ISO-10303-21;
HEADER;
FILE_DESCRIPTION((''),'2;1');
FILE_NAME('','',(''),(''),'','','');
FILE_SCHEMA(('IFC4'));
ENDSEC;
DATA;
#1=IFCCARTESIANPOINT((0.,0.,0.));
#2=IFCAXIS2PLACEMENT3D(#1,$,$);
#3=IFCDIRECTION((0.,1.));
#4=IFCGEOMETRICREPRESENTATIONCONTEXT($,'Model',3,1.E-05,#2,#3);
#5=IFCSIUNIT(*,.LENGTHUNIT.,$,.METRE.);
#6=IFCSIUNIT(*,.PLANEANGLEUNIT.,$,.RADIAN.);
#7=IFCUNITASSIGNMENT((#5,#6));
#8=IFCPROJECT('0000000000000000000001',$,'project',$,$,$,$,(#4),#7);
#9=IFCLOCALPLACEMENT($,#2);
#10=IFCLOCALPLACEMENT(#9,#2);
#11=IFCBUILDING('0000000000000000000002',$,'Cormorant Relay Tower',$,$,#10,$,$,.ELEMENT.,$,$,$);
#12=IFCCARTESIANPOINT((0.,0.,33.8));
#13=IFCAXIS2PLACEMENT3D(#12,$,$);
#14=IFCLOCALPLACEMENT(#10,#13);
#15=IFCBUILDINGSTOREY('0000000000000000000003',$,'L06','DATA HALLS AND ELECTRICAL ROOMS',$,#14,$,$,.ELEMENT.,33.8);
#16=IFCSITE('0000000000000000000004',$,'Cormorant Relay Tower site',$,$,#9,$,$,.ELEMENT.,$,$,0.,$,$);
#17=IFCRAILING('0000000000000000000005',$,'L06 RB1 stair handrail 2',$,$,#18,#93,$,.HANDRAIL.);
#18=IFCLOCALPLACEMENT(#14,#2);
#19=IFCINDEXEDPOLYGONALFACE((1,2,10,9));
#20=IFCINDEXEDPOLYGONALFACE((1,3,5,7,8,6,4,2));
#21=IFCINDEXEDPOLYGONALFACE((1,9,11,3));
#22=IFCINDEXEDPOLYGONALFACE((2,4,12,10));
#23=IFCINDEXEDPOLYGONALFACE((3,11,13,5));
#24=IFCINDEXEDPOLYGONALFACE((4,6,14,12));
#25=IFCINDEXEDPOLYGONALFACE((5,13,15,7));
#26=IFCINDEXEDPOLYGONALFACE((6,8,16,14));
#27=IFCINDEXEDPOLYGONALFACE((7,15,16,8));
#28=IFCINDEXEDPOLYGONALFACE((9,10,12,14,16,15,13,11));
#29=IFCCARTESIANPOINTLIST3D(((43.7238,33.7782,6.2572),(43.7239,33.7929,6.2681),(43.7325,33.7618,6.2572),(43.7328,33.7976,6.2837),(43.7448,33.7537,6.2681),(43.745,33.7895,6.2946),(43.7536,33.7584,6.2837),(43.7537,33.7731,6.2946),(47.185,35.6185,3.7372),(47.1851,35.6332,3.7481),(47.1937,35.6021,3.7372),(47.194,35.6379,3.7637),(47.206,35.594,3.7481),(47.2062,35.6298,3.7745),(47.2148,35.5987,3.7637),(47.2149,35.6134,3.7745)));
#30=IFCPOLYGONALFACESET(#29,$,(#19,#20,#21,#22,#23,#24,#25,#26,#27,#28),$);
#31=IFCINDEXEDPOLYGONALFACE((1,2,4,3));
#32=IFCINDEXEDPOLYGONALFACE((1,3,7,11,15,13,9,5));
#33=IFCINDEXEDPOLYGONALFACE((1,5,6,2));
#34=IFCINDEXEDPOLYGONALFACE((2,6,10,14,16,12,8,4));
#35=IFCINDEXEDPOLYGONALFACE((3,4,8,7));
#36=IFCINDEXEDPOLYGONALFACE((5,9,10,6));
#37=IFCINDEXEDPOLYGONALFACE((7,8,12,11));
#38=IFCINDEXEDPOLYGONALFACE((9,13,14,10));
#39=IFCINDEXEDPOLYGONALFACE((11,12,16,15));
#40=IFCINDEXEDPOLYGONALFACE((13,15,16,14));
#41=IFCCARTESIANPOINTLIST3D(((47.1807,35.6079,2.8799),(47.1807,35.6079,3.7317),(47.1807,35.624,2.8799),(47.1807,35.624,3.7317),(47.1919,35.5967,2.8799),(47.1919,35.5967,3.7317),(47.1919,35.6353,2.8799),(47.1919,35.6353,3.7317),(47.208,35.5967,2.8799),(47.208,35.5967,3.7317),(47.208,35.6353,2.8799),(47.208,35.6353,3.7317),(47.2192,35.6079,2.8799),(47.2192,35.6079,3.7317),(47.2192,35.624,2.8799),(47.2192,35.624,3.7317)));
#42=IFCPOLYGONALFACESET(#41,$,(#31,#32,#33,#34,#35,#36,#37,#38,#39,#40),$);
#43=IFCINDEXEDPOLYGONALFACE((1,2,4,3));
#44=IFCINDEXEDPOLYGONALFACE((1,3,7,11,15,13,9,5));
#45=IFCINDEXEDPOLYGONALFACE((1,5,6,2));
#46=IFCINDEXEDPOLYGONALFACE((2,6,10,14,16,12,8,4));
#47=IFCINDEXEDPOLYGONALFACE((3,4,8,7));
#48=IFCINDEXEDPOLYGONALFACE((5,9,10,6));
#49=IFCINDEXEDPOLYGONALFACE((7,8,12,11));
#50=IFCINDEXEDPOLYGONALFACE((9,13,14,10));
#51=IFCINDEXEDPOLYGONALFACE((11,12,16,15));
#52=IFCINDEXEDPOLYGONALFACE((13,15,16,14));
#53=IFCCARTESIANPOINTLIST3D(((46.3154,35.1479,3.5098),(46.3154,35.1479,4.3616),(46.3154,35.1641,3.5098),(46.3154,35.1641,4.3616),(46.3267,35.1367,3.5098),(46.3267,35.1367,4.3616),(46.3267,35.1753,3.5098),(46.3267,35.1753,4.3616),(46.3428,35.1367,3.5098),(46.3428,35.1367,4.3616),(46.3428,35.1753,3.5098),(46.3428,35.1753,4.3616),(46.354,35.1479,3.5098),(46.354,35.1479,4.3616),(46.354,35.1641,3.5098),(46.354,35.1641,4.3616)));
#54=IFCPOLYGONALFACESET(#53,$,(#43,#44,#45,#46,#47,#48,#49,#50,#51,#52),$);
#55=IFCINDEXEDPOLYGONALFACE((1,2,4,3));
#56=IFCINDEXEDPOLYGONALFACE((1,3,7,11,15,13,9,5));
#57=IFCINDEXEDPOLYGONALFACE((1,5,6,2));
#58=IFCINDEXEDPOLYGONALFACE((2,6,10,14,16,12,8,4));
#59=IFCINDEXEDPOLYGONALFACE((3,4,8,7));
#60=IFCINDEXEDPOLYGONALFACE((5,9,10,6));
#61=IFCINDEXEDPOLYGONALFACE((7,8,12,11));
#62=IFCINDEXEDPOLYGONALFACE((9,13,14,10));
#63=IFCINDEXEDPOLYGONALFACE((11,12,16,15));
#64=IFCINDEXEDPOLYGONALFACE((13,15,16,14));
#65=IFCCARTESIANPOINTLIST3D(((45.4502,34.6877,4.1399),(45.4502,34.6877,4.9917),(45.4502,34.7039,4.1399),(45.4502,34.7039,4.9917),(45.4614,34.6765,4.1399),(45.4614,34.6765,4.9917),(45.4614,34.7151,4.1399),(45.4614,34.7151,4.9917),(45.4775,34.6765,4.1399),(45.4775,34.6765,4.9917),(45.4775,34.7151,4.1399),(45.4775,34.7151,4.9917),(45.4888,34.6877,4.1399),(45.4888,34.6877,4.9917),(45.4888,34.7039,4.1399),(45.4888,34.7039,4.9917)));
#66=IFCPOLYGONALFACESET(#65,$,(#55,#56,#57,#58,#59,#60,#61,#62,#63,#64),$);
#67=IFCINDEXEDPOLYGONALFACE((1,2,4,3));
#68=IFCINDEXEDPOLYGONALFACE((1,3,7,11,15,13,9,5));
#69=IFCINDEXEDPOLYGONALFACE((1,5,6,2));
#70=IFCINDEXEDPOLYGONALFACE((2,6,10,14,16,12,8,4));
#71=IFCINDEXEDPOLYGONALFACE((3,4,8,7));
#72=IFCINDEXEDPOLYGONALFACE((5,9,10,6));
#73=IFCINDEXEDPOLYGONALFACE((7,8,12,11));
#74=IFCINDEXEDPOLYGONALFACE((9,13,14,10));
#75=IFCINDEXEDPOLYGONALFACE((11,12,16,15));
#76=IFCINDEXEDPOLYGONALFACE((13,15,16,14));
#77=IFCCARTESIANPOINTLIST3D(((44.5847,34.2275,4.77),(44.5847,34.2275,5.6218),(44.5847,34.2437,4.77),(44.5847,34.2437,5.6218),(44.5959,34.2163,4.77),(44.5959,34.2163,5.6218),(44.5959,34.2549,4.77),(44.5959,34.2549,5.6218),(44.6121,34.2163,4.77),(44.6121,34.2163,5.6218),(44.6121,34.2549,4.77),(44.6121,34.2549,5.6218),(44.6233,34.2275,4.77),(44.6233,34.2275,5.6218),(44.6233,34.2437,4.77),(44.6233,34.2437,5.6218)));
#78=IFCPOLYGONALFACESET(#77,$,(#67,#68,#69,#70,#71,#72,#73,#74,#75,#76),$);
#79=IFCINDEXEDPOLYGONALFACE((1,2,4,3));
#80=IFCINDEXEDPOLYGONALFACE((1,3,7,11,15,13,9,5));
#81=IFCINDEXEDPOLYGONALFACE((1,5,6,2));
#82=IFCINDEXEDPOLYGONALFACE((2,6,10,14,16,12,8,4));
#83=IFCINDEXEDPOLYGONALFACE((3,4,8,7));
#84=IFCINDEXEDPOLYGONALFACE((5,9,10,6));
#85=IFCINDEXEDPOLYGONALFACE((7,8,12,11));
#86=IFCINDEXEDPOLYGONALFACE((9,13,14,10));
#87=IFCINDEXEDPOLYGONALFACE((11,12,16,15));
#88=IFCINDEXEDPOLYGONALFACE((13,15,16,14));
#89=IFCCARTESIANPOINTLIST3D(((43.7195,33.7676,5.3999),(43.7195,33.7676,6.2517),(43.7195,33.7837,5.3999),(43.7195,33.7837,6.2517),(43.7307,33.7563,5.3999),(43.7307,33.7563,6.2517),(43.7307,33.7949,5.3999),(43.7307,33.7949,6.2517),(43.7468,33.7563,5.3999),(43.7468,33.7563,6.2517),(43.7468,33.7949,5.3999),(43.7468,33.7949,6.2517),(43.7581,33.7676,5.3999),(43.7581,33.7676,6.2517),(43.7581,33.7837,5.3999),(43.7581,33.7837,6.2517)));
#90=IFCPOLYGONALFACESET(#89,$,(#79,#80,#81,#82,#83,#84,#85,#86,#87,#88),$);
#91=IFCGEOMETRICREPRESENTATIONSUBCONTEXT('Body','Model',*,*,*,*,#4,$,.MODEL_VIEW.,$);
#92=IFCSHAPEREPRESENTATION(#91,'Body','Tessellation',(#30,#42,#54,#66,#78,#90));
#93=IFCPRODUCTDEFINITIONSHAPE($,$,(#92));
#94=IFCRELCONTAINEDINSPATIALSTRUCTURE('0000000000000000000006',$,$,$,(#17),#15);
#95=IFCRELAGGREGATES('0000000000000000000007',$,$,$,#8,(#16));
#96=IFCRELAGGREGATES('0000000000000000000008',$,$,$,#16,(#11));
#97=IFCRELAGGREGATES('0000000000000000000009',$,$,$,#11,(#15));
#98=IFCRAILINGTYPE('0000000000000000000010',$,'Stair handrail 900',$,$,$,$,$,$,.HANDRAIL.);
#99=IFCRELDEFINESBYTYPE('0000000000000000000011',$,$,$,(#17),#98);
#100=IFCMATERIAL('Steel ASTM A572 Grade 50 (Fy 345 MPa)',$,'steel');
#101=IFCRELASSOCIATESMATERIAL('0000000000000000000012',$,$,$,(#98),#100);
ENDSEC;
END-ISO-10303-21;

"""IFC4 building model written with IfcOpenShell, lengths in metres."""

from ifc_helpers import new_model, si_unit, direction, frame, origin, place, context, subcontext, project, spatial, polyline, outline, extrude, material, type_object, element, save


model = new_model("IFC4")

# Units and contexts
model_context = context("Model", 3, precision=1e-05, world=origin(), true_north=direction((0.0, 1.0)))
body_context = subcontext(model_context, "Body", "Model", "MODEL_VIEW")
ifc_project = project(units=[si_unit("LENGTHUNIT", "METRE"), si_unit("PLANEANGLEUNIT", "RADIAN")], contexts=[model_context])

# Site, building, storey
site_placement = place(None, origin())
site = spatial("IfcSite", under=ifc_project, at=site_placement, Name="Cormorant Relay Tower site", CompositionType="ELEMENT", RefElevation=0.0)
building_placement = place(site_placement, origin())
building = spatial("IfcBuilding", under=site, at=building_placement, Name="Cormorant Relay Tower", CompositionType="ELEMENT")
storey_placement = place(building_placement, frame((0.0, 0.0, 33.8)))
storey = spatial("IfcBuildingStorey", under=building, at=storey_placement, Name="L06", Description="DATA HALLS AND ELECTRICAL ROOMS", CompositionType="ELEMENT", Elevation=33.8)

# Railing
ifc_material_1 = material(Name="Steel ASTM A572 Grade 50 (Fy 345 MPa)", Category="steel")
railing_type_1 = type_object("IfcRailingType", Name="Stair handrail 900", PredefinedType="HANDRAIL", material=ifc_material_1)
railing_1_placement = place(storey_placement, frame((47.2, 35.616, 2.8799)))
element("IfcRailing", 1, at=railing_1_placement, inside=storey, type_object=railing_type_1, Name="L06 RB1 stair handrail 2", PredefinedType="HANDRAIL", context=body_context, shape_type="SweptSolid", body=[
    extrude(outline(polyline([(0.0222, 0.0093), (0.0093, 0.0222), (-0.0093, 0.0222), (-0.0222, 0.0093), (-0.0222, -0.0093), (-0.0093, -0.0222), (0.0093, -0.0222), (0.0222, -0.0093), (0.0222, 0.0093)])), frame((0.0, 0.0, 0.876), z_axis=(-0.742717, -0.394907, 0.540758), x_axis=(0.469469, -0.882949, 0.0)), (0.0, 0.0, 1.0), 4.6602),
    extrude(outline(polyline([(0.0193, 0.0081), (0.0081, 0.0193), (-0.0081, 0.0193), (-0.0193, 0.0081), (-0.0193, -0.0081), (-0.0081, -0.0193), (0.0081, -0.0193), (0.0193, -0.0081), (0.0193, 0.0081)])), origin(), (0.0, 0.0, 1.0), 0.8518),
    extrude(outline(polyline([(0.0193, 0.0081), (0.0081, 0.0193), (-0.0081, 0.0193), (-0.0193, 0.0081), (-0.0193, -0.0081), (-0.0081, -0.0193), (0.0081, -0.0193), (0.0193, -0.0081), (0.0193, 0.0081)])), frame((-0.8652, -0.46, 0.6299)), (0.0, 0.0, 1.0), 0.8518),
    extrude(outline(polyline([(0.0193, 0.0081), (0.0081, 0.0193), (-0.0081, 0.0193), (-0.0193, 0.0081), (-0.0193, -0.0081), (-0.0081, -0.0193), (0.0081, -0.0193), (0.0193, -0.0081), (0.0193, 0.0081)])), frame((-1.7305, -0.9202, 1.26)), (0.0, 0.0, 1.0), 0.8518),
    extrude(outline(polyline([(0.0193, 0.0081), (0.0081, 0.0193), (-0.0081, 0.0193), (-0.0193, 0.0081), (-0.0193, -0.0081), (-0.0081, -0.0193), (0.0081, -0.0193), (0.0193, -0.0081), (0.0193, 0.0081)])), frame((-2.5959, -1.3804, 1.8901)), (0.0, 0.0, 1.0), 0.8518),
    extrude(outline(polyline([(0.0193, 0.0081), (0.0081, 0.0193), (-0.0081, 0.0193), (-0.0193, 0.0081), (-0.0193, -0.0081), (-0.0081, -0.0193), (0.0081, -0.0193), (0.0193, -0.0081), (0.0193, 0.0081)])), frame((-3.4612, -1.8403, 2.52)), (0.0, 0.0, 1.0), 0.8518),
])

save(model, "model.ifc")
